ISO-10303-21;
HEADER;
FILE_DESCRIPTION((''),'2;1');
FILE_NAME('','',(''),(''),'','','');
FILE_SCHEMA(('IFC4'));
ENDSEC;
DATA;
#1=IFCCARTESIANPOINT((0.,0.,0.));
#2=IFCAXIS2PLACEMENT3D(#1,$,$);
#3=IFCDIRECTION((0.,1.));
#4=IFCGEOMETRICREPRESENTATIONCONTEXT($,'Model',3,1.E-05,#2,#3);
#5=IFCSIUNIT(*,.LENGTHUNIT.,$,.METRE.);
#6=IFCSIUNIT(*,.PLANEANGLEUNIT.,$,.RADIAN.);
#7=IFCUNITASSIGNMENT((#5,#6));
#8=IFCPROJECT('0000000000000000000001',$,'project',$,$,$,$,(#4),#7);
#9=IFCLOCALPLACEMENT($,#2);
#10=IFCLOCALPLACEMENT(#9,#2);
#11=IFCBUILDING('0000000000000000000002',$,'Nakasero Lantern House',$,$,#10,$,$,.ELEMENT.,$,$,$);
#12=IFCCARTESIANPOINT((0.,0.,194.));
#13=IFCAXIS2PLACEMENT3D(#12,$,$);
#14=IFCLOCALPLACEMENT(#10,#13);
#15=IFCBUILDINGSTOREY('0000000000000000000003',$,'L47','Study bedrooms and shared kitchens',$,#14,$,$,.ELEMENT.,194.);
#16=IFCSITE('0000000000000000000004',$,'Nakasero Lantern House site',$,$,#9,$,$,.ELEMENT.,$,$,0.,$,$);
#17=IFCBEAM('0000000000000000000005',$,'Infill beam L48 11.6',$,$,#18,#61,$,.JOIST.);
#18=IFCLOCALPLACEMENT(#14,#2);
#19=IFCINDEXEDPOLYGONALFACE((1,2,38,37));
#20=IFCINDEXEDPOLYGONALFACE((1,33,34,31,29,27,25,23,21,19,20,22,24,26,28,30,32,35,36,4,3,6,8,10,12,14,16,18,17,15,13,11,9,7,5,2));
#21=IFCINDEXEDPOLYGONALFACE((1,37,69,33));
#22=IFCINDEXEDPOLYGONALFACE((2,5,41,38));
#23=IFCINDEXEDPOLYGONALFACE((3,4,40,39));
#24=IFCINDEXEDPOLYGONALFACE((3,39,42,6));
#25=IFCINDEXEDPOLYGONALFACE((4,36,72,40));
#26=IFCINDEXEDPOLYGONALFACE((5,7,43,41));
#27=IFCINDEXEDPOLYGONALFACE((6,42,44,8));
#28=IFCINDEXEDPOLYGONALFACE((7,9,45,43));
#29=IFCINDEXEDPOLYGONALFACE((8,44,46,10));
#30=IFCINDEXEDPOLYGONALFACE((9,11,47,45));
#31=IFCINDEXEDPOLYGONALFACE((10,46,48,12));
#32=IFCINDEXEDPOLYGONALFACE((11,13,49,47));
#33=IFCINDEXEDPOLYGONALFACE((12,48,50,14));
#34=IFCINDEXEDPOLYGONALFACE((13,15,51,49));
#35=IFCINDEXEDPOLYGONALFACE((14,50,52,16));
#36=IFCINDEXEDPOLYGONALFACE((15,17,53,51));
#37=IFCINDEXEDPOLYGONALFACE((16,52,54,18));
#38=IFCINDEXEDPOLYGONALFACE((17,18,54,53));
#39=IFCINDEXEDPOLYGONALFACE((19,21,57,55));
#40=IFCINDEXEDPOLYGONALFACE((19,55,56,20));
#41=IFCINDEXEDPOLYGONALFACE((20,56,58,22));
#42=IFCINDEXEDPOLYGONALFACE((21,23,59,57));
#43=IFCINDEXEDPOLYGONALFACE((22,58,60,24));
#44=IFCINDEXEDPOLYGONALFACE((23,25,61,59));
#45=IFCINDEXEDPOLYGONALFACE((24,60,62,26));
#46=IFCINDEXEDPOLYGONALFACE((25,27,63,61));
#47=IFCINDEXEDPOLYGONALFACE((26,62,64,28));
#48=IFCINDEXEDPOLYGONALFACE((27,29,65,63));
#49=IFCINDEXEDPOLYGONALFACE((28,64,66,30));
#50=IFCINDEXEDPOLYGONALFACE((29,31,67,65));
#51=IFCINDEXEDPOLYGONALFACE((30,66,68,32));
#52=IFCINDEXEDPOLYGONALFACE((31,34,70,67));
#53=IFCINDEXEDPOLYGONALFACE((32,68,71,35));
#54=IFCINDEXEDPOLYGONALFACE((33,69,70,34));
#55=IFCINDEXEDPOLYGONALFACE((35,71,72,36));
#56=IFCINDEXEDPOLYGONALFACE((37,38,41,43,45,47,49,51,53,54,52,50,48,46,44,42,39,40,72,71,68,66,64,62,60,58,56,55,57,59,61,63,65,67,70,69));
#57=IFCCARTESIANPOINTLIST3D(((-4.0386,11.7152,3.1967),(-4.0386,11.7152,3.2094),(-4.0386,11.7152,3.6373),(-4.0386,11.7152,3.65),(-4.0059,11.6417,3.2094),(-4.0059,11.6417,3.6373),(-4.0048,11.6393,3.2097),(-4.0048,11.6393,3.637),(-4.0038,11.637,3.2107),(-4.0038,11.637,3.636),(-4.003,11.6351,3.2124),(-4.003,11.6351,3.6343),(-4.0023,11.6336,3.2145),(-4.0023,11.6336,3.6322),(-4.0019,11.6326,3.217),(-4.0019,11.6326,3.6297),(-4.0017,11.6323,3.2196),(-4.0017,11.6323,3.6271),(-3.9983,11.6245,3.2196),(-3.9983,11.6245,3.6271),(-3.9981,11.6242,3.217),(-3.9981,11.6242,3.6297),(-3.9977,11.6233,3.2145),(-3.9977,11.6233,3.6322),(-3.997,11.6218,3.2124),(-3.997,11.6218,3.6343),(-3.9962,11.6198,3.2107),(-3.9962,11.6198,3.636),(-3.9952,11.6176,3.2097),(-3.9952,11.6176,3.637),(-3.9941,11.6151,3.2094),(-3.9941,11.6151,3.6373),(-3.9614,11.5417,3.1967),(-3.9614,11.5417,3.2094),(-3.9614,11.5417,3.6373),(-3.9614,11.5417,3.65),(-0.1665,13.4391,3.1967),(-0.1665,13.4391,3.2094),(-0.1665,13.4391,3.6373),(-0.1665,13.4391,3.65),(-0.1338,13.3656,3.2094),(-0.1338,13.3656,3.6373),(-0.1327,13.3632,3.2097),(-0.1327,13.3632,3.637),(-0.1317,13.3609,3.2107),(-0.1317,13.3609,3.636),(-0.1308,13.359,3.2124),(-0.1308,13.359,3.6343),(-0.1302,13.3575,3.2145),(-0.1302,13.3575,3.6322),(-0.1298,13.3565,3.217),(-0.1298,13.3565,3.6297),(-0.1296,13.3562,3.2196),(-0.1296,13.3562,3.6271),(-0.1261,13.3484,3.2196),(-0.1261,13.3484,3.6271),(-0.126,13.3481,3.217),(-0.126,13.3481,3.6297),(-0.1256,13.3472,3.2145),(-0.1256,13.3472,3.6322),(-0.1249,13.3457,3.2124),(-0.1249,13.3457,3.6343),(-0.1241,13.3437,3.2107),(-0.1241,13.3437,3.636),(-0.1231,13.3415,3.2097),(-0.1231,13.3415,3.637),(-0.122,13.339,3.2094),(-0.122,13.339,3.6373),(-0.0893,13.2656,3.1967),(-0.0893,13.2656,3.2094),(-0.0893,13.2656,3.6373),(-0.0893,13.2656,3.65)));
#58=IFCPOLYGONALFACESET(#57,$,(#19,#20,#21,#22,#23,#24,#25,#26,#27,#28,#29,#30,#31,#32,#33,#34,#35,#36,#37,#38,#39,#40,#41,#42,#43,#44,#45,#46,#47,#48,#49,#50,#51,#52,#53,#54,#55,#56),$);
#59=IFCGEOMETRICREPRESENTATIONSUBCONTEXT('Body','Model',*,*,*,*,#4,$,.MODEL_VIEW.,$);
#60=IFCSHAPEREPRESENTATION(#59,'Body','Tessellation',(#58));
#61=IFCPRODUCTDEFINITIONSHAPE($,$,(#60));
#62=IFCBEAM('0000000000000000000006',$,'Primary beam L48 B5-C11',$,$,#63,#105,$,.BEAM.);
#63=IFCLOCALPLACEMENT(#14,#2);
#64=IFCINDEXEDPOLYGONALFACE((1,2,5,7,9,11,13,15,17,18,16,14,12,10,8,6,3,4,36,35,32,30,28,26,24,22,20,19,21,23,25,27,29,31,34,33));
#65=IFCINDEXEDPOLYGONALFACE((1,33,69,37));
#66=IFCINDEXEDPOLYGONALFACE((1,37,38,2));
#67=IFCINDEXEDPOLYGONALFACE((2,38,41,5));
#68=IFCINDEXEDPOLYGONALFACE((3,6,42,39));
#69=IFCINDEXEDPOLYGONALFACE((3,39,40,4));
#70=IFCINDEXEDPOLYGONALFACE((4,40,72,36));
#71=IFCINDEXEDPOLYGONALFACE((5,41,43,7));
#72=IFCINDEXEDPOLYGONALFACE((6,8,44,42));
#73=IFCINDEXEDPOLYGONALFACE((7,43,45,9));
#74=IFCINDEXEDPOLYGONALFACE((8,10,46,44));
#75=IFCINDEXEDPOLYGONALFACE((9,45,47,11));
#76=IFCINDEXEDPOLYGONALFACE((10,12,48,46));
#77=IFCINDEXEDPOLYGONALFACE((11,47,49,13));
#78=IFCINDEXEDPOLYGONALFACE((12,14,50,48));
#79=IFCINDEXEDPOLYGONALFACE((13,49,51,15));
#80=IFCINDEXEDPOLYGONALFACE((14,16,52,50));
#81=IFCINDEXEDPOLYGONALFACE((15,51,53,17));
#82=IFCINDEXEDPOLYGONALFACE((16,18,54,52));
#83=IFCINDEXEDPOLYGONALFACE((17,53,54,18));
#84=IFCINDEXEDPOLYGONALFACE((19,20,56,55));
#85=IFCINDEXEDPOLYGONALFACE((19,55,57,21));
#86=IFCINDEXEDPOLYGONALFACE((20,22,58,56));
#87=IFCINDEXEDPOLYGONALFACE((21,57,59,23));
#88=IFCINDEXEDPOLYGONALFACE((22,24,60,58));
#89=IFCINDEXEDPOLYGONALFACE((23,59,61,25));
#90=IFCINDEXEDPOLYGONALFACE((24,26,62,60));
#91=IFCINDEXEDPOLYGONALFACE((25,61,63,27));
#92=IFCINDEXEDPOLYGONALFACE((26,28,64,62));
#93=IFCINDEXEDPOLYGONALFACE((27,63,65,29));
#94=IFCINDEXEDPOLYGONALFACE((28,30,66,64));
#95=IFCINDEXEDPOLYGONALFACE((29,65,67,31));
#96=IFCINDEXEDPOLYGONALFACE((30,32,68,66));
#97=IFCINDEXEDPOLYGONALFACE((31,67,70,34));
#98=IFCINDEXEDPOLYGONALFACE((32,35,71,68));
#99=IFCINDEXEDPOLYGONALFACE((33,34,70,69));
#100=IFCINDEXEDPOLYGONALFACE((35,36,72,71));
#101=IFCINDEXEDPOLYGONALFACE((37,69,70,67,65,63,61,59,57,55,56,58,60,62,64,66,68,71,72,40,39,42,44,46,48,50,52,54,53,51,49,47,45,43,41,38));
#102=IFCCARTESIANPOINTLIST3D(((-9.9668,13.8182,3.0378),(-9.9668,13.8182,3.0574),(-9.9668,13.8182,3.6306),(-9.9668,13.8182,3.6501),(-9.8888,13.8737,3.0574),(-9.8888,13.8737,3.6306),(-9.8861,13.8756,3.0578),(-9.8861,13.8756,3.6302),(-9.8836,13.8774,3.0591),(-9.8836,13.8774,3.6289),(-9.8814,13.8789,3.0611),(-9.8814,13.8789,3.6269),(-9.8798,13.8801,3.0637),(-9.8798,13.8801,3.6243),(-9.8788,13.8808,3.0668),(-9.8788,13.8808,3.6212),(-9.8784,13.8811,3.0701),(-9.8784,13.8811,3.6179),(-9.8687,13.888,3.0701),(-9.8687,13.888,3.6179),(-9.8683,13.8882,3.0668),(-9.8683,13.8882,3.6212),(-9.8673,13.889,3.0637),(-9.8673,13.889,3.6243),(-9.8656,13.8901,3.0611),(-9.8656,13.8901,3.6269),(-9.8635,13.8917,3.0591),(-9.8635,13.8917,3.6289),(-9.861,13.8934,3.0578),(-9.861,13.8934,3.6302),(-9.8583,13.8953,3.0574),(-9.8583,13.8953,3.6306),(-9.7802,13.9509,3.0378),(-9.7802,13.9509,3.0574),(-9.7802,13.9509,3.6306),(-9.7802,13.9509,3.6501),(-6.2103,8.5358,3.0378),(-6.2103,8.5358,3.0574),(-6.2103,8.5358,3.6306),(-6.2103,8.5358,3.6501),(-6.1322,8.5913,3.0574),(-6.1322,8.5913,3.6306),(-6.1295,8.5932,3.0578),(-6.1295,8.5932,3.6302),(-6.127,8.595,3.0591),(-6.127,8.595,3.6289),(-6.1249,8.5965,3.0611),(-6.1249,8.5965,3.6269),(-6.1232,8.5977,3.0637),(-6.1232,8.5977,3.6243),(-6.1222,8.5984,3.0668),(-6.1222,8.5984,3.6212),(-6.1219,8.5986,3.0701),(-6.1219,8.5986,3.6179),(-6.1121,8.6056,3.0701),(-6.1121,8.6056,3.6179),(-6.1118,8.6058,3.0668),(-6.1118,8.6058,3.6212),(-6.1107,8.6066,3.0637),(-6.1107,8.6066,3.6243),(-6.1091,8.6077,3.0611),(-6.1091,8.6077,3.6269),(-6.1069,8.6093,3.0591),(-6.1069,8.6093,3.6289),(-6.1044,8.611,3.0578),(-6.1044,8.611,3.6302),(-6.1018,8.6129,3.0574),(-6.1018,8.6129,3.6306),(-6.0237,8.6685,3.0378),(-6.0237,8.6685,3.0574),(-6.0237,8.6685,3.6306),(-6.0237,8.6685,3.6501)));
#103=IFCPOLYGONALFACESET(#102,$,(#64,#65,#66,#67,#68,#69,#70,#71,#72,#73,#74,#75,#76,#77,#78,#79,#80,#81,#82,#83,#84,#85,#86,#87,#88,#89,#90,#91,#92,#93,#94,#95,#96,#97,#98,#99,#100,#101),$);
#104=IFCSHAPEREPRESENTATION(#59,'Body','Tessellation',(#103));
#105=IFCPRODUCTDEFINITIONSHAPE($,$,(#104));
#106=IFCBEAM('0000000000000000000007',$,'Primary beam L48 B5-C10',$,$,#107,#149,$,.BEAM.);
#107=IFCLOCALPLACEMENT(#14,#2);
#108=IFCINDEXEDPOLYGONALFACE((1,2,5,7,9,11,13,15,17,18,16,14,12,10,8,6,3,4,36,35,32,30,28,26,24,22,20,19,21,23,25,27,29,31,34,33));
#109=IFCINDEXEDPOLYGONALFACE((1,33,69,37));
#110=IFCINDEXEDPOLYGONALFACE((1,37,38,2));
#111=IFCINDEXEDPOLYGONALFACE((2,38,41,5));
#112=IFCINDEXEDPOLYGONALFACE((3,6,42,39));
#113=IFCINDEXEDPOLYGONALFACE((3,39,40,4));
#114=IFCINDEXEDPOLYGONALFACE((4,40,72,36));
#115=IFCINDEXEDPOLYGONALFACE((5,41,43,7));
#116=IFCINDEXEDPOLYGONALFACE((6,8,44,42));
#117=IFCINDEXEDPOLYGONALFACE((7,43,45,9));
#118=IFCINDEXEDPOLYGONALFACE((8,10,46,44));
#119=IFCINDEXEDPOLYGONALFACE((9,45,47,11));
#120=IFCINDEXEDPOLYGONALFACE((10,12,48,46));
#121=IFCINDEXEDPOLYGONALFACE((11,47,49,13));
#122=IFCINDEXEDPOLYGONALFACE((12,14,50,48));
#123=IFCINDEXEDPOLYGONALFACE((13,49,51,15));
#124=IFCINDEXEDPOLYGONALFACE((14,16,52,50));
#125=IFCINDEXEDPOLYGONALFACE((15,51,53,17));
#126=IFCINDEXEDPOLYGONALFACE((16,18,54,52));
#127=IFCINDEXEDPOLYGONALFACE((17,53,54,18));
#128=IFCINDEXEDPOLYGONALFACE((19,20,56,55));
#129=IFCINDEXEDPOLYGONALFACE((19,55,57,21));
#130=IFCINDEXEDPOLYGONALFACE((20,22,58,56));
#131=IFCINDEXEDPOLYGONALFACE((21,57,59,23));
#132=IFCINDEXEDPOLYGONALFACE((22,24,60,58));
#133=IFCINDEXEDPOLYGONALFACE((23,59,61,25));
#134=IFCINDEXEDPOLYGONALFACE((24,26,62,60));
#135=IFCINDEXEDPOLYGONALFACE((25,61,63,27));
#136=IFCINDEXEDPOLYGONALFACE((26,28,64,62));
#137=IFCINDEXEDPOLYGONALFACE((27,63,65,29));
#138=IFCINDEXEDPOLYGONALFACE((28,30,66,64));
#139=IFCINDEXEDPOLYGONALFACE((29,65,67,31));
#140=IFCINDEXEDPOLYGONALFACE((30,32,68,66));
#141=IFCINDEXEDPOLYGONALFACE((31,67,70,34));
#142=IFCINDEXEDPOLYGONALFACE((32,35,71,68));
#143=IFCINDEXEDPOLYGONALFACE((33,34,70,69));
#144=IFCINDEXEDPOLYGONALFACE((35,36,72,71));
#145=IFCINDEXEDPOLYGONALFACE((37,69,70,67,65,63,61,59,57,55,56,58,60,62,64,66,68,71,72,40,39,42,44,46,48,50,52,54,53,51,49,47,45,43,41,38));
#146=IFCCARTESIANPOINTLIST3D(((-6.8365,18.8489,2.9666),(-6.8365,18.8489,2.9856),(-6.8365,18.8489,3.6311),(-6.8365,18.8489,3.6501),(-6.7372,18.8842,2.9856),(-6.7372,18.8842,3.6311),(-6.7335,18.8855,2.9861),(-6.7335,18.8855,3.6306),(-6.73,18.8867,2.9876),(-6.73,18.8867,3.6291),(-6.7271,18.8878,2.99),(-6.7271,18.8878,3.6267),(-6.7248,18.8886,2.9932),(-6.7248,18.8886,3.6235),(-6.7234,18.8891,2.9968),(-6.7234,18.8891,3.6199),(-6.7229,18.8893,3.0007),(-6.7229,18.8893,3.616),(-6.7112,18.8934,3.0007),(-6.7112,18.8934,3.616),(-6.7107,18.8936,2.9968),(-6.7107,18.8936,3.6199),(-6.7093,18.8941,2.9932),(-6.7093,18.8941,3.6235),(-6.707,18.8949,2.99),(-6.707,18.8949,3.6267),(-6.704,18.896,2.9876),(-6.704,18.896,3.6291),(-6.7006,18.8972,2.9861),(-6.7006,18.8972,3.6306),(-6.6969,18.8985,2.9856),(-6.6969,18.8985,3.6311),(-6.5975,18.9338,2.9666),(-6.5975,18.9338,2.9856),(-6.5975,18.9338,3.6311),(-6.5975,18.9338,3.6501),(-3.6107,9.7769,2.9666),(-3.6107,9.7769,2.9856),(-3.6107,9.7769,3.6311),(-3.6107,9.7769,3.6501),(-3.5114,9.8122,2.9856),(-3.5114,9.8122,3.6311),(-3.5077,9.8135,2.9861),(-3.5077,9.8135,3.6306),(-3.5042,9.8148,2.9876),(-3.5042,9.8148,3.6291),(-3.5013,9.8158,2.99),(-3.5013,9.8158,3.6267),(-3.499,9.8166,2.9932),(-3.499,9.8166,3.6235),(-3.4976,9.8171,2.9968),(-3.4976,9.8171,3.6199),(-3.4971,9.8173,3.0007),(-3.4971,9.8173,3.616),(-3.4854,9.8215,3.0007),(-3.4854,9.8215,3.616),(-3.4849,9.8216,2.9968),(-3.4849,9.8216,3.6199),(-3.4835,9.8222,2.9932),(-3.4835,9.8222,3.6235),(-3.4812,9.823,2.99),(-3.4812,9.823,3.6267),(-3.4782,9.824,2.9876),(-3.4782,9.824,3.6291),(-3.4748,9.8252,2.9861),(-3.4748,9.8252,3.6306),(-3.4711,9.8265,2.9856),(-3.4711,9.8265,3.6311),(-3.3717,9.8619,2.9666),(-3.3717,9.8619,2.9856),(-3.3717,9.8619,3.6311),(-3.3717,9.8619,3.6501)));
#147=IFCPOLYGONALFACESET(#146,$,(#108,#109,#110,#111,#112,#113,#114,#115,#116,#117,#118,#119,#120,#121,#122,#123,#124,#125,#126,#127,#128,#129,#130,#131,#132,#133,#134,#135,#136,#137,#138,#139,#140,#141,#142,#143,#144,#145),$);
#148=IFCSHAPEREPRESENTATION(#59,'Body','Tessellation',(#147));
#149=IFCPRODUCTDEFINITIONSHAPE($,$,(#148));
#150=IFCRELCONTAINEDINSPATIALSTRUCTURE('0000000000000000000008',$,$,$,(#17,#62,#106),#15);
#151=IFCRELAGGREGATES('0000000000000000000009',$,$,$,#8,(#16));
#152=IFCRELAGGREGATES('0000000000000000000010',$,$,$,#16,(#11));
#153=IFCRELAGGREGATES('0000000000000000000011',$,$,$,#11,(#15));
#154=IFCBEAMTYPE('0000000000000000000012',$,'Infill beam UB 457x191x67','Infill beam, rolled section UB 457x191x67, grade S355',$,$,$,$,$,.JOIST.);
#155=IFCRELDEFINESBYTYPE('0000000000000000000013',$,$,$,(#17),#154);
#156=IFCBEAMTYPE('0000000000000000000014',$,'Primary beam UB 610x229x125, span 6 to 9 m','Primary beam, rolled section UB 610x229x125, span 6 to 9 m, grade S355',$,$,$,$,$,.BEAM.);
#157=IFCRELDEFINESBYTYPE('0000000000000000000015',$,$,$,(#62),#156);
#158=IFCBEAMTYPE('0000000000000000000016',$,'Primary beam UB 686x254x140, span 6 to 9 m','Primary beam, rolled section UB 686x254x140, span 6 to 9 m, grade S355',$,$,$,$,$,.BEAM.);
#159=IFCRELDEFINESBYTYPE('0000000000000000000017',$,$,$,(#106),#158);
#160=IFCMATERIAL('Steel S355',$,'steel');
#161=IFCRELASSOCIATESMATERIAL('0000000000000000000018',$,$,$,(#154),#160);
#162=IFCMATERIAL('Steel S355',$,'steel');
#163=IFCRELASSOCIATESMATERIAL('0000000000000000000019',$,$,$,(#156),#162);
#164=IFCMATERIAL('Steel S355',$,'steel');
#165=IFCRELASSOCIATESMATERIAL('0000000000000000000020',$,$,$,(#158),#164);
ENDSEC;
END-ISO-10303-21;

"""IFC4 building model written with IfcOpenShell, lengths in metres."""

from ifc_helpers import new_model, si_unit, direction, frame, origin, origin_2d, place, context, subcontext, project, spatial, i_section, extrude, material, material_profile, profile_set, type_object, element, save


model = new_model("IFC4")

# Units and contexts
model_context = context("Model", 3, precision=1e-05, world=origin(), true_north=direction((0.0, 1.0)))
body_context = subcontext(model_context, "Body", "Model", "MODEL_VIEW")
ifc_project = project(units=[si_unit("LENGTHUNIT", "METRE"), si_unit("PLANEANGLEUNIT", "RADIAN")], contexts=[model_context])

# Site, building, storey
site_placement = place(None, origin())
site = spatial("IfcSite", under=ifc_project, at=site_placement, Name="Nakasero Lantern House site", CompositionType="ELEMENT", RefElevation=0.0)
building_placement = place(site_placement, origin())
building = spatial("IfcBuilding", under=site, at=building_placement, Name="Nakasero Lantern House", CompositionType="ELEMENT")
storey_placement = place(building_placement, frame((0.0, 0.0, 194.0)))
storey = spatial("IfcBuildingStorey", under=building, at=storey_placement, Name="L47", Description="Study bedrooms and shared kitchens", CompositionType="ELEMENT", Elevation=194.0)

# Beams
ifc_material_1 = material(Name="Steel S355", Category="steel")
ifc_material_profile_1 = material_profile(ifc_material_1, i_section(OverallWidth=0.1899, OverallDepth=0.4534, WebThickness=0.0085, FlangeThickness=0.0127, FilletRadius=0.0103, at=origin_2d()), Name="UB 457x191x67")
ifc_profile_set_1 = profile_set([ifc_material_profile_1], Name="Steel S355")
beam_type_1 = type_object("IfcBeamType", Name="Infill beam UB 457x191x67", Description="Infill beam, rolled section UB 457x191x67, grade S355", PredefinedType="JOIST", material=ifc_profile_set_1)
beam_1_placement = place(storey_placement, frame((-4.0, 11.6284, 3.4233), z_axis=(0.913552, 0.406721, 0.0), x_axis=(-0.406721, 0.913552, 0.0)))
element("IfcBeam", 1, at=beam_1_placement, inside=storey, type_object=beam_type_1, Name="Infill beam L48 11.6", PredefinedType="JOIST", context=body_context, shape_type="SweptSolid", body=[
    extrude(i_section(OverallWidth=0.1899, OverallDepth=0.4534, WebThickness=0.0085, FlangeThickness=0.0127, FilletRadius=0.0103, at=origin_2d()), origin(), (0.0, 0.0, 1.0), 4.2385),
])
ifc_material_2 = material(Name="Steel S355", Category="steel")
ifc_material_profile_2 = material_profile(ifc_material_2, i_section(OverallWidth=0.229, OverallDepth=0.6123, WebThickness=0.012, FlangeThickness=0.0195, FilletRadius=0.0127, at=origin_2d()), Name="UB 610x229x125")
ifc_profile_set_2 = profile_set([ifc_material_profile_2], Name="Steel S355")
beam_type_2 = type_object("IfcBeamType", Name="Primary beam UB 610x229x125, span 6 to 9 m", Description="Primary beam, rolled section UB 610x229x125, span 6 to 9 m, grade S355", PredefinedType="BEAM", material=ifc_profile_set_2)
beam_2_placement = place(storey_placement, frame((-9.8735, 13.8845, 3.344), z_axis=(0.579541, -0.814943, 0.0), x_axis=(0.814943, 0.579541, 0.0)))
element("IfcBeam", 2, at=beam_2_placement, inside=storey, type_object=beam_type_2, Name="Primary beam L48 B5-C11", PredefinedType="BEAM", context=body_context, shape_type="SweptSolid", body=[
    extrude(i_section(OverallWidth=0.229, OverallDepth=0.6123, WebThickness=0.012, FlangeThickness=0.0195, FilletRadius=0.0127, at=origin_2d()), origin(), (0.0, 0.0, 1.0), 6.4819),
])
ifc_material_3 = material(Name="Steel S355", Category="steel")
ifc_material_profile_3 = material_profile(ifc_material_3, i_section(OverallWidth=0.2537, OverallDepth=0.6836, WebThickness=0.0125, FlangeThickness=0.019, FilletRadius=0.0151, at=origin_2d()), Name="UB 686x254x140")
ifc_profile_set_3 = profile_set([ifc_material_profile_3], Name="Steel S355")
beam_type_3 = type_object("IfcBeamType", Name="Primary beam UB 686x254x140, span 6 to 9 m", Description="Primary beam, rolled section UB 686x254x140, span 6 to 9 m, grade S355", PredefinedType="BEAM", material=ifc_profile_set_3)
beam_3_placement = place(storey_placement, frame((-6.717, 18.8914, 3.3083), z_axis=(0.33503, -0.942207, 0.0), x_axis=(0.942207, 0.33503, 0.0)))
element("IfcBeam", 3, at=beam_3_placement, inside=storey, type_object=beam_type_3, Name="Primary beam L48 B5-C10", PredefinedType="BEAM", context=body_context, shape_type="SweptSolid", body=[
    extrude(i_section(OverallWidth=0.2537, OverallDepth=0.6836, WebThickness=0.0125, FlangeThickness=0.019, FilletRadius=0.0151, at=origin_2d()), origin(), (0.0, 0.0, 1.0), 9.6284),
])

save(model, "model.ifc")
